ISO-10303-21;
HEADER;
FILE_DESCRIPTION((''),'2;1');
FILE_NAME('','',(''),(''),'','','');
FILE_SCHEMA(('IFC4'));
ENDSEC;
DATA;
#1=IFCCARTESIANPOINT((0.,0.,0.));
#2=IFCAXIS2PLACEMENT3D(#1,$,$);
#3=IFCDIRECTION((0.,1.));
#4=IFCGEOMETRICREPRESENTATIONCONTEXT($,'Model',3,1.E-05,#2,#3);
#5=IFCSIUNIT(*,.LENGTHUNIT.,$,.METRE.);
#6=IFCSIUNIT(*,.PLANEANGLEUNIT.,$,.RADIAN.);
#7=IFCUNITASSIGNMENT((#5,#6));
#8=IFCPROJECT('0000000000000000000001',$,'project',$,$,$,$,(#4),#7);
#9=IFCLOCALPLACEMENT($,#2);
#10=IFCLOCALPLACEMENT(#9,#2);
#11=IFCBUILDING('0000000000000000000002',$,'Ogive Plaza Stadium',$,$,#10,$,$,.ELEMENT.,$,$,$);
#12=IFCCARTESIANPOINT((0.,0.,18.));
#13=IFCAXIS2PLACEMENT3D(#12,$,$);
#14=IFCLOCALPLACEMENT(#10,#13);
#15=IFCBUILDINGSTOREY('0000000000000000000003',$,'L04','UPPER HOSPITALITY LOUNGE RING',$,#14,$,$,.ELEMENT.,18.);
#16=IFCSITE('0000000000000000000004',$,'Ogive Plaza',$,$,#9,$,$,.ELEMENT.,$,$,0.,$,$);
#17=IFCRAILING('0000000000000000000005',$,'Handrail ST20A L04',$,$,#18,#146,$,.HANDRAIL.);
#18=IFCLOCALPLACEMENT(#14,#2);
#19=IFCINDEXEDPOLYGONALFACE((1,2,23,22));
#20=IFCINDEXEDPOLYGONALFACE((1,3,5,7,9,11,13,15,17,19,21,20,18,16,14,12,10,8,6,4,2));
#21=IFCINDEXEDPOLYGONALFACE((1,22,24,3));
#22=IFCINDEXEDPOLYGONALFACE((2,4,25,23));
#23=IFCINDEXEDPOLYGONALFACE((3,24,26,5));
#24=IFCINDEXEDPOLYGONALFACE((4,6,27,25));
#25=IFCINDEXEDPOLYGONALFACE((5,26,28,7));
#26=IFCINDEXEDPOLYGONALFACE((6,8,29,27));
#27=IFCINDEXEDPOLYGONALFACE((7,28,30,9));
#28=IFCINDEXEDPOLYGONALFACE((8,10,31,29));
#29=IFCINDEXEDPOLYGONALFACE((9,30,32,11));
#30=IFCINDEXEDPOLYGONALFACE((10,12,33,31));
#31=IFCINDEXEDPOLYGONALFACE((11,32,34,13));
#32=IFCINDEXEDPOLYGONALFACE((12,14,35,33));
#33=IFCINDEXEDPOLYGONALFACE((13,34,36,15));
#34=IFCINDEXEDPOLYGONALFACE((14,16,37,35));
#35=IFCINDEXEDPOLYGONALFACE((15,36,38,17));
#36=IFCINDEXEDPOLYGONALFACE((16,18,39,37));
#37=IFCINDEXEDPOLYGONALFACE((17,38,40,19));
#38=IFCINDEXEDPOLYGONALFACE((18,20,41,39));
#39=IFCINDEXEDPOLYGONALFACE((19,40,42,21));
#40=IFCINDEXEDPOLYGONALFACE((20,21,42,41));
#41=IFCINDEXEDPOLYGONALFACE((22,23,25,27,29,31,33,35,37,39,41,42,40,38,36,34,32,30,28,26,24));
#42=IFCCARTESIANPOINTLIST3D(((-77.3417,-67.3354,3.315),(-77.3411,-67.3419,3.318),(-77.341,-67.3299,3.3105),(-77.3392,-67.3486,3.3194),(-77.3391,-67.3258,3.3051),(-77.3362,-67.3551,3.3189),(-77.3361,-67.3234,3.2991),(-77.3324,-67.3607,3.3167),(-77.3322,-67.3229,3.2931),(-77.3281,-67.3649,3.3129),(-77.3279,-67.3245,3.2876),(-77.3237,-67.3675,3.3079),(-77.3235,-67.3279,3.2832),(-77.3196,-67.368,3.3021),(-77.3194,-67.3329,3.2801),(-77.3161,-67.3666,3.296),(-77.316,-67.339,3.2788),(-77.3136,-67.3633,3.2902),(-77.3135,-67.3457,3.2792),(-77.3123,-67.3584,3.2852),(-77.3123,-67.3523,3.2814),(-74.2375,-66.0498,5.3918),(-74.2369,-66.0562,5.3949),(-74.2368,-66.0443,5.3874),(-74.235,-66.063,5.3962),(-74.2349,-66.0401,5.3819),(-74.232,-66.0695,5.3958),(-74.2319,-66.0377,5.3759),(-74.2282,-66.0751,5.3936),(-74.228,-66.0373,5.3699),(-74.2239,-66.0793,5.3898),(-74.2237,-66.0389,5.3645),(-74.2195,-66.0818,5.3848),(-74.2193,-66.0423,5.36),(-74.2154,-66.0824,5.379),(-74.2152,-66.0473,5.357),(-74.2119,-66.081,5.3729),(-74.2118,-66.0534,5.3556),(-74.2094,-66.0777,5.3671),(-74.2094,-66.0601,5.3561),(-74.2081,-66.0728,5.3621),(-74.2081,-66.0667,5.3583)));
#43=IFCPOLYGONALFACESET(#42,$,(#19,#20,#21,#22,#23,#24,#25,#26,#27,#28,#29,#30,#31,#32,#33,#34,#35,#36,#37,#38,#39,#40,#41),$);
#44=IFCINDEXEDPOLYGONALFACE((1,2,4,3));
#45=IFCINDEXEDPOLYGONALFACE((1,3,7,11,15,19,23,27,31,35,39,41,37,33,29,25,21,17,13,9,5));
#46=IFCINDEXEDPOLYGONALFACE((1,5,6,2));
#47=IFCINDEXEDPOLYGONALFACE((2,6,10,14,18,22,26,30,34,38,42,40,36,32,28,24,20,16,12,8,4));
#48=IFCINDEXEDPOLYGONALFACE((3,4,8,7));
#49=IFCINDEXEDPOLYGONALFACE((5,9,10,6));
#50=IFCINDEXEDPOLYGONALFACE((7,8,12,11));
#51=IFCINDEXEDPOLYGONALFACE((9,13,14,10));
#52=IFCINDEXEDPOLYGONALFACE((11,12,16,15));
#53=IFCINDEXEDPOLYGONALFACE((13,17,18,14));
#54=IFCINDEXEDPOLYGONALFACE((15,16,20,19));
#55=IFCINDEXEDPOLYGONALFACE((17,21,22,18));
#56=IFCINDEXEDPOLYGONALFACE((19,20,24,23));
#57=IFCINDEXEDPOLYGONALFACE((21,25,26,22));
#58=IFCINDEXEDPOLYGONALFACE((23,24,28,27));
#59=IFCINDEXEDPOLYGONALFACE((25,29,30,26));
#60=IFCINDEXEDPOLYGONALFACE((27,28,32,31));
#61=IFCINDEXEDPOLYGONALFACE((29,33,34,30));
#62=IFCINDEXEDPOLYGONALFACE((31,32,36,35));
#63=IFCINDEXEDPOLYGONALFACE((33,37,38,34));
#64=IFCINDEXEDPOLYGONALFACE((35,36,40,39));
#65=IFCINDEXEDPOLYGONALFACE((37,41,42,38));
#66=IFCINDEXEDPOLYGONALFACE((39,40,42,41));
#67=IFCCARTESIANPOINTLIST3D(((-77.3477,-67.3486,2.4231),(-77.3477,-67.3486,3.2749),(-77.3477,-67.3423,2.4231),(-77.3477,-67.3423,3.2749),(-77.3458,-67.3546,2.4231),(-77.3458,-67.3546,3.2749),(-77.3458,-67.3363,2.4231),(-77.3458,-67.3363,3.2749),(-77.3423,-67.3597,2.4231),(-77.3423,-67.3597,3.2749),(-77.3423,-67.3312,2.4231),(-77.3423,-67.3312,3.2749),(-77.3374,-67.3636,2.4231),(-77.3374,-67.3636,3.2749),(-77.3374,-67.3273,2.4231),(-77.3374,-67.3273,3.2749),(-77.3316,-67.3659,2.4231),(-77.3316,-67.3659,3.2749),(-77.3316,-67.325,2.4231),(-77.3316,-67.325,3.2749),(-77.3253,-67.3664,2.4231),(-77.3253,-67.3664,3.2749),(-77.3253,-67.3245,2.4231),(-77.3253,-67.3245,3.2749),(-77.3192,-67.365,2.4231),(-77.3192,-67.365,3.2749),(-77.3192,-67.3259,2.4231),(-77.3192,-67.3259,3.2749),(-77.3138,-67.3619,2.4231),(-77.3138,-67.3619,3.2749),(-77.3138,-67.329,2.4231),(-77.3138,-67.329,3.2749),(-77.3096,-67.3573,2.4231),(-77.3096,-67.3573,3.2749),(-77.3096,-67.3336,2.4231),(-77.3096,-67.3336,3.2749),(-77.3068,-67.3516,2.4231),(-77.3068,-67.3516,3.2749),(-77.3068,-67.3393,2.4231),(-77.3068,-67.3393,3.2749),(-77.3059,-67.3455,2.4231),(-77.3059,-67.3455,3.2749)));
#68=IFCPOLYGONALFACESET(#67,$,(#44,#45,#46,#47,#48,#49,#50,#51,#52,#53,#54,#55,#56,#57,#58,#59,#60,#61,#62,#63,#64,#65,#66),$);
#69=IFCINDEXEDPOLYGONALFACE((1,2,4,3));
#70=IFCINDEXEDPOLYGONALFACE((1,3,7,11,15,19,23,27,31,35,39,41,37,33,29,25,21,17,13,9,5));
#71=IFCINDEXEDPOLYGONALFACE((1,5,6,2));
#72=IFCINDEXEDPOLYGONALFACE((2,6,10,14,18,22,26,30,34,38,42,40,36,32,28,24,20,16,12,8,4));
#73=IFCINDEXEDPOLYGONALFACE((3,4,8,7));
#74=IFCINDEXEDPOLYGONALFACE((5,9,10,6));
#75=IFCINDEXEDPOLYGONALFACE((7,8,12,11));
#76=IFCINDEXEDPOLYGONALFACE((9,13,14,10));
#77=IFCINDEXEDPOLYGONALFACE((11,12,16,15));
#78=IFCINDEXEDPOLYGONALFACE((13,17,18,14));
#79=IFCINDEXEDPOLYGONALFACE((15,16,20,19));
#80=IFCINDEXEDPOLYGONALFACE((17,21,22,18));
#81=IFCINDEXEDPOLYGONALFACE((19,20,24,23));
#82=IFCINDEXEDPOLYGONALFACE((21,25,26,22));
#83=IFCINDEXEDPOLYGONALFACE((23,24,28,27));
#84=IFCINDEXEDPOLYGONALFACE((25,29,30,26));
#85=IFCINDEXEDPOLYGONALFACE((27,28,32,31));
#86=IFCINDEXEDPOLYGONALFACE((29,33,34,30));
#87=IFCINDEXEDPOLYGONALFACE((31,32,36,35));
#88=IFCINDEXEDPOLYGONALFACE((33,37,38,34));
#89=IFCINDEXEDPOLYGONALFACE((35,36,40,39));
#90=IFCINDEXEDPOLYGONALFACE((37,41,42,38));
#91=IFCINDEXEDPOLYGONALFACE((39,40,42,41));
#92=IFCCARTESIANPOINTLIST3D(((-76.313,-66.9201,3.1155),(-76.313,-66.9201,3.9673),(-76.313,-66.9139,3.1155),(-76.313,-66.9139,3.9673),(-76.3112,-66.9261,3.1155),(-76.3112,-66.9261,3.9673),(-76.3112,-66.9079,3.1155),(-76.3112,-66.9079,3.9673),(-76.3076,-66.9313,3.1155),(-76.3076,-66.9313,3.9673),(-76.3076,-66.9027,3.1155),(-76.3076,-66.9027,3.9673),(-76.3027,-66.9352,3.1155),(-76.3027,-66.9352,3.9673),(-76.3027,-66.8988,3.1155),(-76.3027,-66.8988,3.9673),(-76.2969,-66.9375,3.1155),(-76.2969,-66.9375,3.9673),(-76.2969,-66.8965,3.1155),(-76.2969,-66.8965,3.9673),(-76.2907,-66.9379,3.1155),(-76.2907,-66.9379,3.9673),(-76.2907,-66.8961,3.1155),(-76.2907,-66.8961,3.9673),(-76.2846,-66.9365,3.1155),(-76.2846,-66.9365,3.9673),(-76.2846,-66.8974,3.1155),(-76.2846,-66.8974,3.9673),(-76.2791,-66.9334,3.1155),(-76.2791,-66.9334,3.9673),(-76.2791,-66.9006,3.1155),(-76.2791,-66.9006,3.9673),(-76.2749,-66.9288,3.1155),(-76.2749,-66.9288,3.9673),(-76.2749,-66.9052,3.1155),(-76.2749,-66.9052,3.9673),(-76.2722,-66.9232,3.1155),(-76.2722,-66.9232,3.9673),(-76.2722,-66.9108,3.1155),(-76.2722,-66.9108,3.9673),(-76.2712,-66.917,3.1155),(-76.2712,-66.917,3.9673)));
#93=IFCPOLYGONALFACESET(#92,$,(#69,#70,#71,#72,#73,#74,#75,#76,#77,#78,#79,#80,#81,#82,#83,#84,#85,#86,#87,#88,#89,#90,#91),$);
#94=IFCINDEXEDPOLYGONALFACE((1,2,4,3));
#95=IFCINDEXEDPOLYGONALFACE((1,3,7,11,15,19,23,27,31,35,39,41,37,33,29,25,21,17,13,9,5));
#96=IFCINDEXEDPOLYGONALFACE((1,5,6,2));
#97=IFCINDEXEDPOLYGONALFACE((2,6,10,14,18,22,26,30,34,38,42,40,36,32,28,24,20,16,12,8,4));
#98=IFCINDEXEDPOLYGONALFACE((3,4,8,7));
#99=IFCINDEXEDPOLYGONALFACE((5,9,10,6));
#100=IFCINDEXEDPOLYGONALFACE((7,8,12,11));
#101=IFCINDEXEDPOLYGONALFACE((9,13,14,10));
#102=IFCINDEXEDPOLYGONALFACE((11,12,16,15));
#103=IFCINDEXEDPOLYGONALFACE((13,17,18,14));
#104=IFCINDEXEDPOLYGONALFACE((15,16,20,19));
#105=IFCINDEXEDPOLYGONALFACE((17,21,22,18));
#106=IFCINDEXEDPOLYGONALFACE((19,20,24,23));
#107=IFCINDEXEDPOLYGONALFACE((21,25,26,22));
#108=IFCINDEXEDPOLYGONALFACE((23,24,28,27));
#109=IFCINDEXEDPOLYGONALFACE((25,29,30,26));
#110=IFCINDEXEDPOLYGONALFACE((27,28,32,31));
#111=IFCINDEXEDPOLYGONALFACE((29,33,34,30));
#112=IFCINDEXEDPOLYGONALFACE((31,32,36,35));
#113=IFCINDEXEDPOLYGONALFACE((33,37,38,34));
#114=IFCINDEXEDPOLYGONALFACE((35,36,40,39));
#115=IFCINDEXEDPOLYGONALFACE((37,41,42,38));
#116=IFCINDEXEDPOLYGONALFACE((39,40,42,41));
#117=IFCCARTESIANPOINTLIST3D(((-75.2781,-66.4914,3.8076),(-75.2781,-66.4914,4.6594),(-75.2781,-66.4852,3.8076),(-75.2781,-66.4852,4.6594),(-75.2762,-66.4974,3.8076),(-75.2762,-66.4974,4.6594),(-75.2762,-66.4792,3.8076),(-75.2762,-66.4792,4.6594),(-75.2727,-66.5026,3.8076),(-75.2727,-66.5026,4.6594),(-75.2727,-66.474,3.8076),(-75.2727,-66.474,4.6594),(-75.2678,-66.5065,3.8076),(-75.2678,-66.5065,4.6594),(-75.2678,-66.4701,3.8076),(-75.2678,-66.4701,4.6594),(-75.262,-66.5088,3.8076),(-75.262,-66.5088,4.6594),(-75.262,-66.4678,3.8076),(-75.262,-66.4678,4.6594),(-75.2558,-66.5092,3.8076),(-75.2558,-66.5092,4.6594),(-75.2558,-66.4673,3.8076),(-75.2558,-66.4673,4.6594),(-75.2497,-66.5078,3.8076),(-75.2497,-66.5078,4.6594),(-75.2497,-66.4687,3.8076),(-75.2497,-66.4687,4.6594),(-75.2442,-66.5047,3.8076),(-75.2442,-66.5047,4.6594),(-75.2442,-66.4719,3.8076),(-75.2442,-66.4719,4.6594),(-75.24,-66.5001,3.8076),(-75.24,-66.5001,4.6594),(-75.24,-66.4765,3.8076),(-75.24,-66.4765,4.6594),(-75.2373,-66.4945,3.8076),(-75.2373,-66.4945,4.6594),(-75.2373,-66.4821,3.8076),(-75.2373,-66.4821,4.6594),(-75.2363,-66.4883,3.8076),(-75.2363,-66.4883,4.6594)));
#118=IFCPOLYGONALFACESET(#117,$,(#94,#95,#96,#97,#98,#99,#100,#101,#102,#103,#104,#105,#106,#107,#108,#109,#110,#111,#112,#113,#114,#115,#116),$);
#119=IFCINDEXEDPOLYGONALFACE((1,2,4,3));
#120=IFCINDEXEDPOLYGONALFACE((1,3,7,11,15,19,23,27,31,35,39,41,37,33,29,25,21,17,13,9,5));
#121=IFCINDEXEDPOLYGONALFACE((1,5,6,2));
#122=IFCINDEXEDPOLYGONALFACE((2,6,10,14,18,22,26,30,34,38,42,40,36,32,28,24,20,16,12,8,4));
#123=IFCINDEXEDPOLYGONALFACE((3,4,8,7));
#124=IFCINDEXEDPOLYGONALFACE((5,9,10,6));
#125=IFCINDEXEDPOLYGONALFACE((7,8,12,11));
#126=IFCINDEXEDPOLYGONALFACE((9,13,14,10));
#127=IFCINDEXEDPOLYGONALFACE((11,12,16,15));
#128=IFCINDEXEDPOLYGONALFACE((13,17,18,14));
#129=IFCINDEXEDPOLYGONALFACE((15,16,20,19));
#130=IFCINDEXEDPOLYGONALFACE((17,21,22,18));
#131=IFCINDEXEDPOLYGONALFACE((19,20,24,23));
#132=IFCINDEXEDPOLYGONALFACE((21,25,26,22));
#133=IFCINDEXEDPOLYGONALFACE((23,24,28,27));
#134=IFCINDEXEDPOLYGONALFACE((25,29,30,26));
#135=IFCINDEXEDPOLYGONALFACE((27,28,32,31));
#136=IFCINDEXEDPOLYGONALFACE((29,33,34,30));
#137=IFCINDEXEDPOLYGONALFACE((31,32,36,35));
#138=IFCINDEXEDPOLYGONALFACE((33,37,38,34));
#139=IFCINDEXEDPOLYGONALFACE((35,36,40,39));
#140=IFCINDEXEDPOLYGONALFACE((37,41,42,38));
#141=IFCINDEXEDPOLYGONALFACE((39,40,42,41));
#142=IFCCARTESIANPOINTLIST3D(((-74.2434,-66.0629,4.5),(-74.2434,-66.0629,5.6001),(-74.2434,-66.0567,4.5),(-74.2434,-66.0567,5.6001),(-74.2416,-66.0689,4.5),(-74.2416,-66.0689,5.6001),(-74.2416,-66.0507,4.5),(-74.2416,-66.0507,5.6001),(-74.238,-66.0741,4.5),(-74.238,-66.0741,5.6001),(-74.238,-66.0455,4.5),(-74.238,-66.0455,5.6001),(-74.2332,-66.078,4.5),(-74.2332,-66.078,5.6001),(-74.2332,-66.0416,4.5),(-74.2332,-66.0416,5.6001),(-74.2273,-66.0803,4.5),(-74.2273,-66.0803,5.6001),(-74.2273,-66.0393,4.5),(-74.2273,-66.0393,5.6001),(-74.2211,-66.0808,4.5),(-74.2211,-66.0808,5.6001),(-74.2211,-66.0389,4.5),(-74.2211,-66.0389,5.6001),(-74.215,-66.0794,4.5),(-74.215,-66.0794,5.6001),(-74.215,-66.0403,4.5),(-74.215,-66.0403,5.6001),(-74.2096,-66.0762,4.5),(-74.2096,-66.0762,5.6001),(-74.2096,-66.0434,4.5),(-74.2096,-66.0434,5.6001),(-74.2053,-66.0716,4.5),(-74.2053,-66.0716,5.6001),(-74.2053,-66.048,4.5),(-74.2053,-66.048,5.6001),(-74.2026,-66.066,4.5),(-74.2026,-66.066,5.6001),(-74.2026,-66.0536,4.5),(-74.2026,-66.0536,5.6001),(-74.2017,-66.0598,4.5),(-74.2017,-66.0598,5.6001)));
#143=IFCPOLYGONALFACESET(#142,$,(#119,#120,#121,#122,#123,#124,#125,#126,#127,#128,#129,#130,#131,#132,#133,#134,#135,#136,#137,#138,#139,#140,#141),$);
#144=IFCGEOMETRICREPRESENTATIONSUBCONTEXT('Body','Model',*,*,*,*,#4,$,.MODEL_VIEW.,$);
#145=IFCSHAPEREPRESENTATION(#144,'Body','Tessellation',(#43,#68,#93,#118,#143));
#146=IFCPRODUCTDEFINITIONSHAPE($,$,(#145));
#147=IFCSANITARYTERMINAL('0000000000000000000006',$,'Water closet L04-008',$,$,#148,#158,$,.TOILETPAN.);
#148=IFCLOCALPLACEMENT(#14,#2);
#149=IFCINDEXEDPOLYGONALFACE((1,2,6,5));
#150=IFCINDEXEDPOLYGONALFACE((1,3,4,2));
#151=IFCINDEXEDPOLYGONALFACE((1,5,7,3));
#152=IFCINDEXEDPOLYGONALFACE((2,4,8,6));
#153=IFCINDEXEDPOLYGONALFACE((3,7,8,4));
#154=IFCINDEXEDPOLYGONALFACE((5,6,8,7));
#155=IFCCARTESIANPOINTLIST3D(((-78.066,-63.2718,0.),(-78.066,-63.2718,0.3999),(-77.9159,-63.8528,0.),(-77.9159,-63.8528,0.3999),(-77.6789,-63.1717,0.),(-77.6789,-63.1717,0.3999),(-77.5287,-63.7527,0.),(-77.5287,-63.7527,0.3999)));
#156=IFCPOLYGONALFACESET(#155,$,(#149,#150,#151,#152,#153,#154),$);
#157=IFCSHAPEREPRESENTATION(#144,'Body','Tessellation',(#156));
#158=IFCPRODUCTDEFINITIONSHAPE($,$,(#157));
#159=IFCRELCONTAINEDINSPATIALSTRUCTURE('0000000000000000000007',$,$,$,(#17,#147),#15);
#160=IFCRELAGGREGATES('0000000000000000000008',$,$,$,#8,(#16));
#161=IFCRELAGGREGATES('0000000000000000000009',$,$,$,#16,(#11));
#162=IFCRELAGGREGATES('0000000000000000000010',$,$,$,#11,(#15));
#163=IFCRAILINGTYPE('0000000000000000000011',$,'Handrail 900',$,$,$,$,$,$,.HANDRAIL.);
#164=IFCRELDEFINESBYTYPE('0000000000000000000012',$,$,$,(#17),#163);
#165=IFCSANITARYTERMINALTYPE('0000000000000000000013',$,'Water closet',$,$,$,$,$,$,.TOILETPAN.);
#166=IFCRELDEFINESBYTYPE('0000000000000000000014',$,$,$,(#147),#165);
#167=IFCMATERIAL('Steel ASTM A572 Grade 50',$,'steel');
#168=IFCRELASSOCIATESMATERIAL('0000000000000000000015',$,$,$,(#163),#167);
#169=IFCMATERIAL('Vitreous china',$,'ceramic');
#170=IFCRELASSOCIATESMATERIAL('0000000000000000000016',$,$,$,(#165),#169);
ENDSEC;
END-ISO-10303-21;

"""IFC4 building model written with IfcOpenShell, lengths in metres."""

from ifc_helpers import new_model, si_unit, direction, frame, origin, origin_2d, place, context, subcontext, project, spatial, rectangle, circle, extrude, material, type_object, element, save


model = new_model("IFC4")

# Units and contexts
model_context = context("Model", 3, precision=1e-05, world=origin(), true_north=direction((0.0, 1.0)))
body_context = subcontext(model_context, "Body", "Model", "MODEL_VIEW")
ifc_project = project(units=[si_unit("LENGTHUNIT", "METRE"), si_unit("PLANEANGLEUNIT", "RADIAN")], contexts=[model_context])

# Site, building, storey
site_placement = place(None, origin())
site = spatial("IfcSite", under=ifc_project, at=site_placement, Name="Ogive Plaza", CompositionType="ELEMENT", RefElevation=0.0)
building_placement = place(site_placement, origin())
building = spatial("IfcBuilding", under=site, at=building_placement, Name="Ogive Plaza Stadium", CompositionType="ELEMENT")
storey_placement = place(building_placement, frame((0.0, 0.0, 18.0)))
storey = spatial("IfcBuildingStorey", under=building, at=storey_placement, Name="L04", Description="UPPER HOSPITALITY LOUNGE RING", CompositionType="ELEMENT", Elevation=18.0)

# Railing
ifc_material_1 = material(Name="Steel ASTM A572 Grade 50", Category="steel")
railing_type = type_object("IfcRailingType", Name="Handrail 900", PredefinedType="HANDRAIL", material=ifc_material_1)
railing_placement = place(storey_placement, frame((-77.3269, -67.3455, 2.4231)))
element("IfcRailing", 1, at=railing_placement, inside=storey, type_object=railing_type, Name="Handrail ST20A L04", PredefinedType="HANDRAIL", context=body_context, shape_type="SweptSolid", body=[
    extrude(circle(Radius=0.0239, at=origin_2d()), frame((0.0, 0.0, 0.876), z_axis=(0.785879, 0.325477, 0.525794), x_axis=(-0.382638, 0.923898, 0.0)), (0.0, 0.0, 1.0), 3.95),
    extrude(circle(Radius=0.021, at=origin_2d()), origin(), (0.0, 0.0, 1.0), 0.8518),
    extrude(circle(Radius=0.021, at=origin_2d()), frame((1.0347, 0.4285, 0.6924)), (0.0, 0.0, 1.0), 0.8518),
    extrude(circle(Radius=0.021, at=origin_2d()), frame((2.0696, 0.8572, 1.3845)), (0.0, 0.0, 1.0), 0.8518),
    extrude(circle(Radius=0.021, at=origin_2d()), frame((3.1042, 1.2856, 2.0769)), (0.0, 0.0, 1.0), 1.1001),
])

# Sanitary terminal
ifc_material_2 = material(Name="Vitreous china", Category="ceramic")
sanitary_terminal_type = type_object("IfcSanitaryTerminalType", Name="Water closet", PredefinedType="TOILETPAN", material=ifc_material_2)
sanitary_terminal_placement = place(storey_placement, frame((-77.7974, -63.5122, 0.0), z_axis=(0.0, 0.0, 1.0), x_axis=(0.968173, 0.250284, 0.0)))
element("IfcSanitaryTerminal", 2, at=sanitary_terminal_placement, inside=storey, type_object=sanitary_terminal_type, Name="Water closet L04-008", PredefinedType="TOILETPAN", context=body_context, shape_type="SweptSolid", body=[
    extrude(rectangle(XDim=0.3999, YDim=0.6001, at=origin_2d()), origin(), (0.0, 0.0, 1.0), 0.3999),
])

save(model, "model.ifc")
